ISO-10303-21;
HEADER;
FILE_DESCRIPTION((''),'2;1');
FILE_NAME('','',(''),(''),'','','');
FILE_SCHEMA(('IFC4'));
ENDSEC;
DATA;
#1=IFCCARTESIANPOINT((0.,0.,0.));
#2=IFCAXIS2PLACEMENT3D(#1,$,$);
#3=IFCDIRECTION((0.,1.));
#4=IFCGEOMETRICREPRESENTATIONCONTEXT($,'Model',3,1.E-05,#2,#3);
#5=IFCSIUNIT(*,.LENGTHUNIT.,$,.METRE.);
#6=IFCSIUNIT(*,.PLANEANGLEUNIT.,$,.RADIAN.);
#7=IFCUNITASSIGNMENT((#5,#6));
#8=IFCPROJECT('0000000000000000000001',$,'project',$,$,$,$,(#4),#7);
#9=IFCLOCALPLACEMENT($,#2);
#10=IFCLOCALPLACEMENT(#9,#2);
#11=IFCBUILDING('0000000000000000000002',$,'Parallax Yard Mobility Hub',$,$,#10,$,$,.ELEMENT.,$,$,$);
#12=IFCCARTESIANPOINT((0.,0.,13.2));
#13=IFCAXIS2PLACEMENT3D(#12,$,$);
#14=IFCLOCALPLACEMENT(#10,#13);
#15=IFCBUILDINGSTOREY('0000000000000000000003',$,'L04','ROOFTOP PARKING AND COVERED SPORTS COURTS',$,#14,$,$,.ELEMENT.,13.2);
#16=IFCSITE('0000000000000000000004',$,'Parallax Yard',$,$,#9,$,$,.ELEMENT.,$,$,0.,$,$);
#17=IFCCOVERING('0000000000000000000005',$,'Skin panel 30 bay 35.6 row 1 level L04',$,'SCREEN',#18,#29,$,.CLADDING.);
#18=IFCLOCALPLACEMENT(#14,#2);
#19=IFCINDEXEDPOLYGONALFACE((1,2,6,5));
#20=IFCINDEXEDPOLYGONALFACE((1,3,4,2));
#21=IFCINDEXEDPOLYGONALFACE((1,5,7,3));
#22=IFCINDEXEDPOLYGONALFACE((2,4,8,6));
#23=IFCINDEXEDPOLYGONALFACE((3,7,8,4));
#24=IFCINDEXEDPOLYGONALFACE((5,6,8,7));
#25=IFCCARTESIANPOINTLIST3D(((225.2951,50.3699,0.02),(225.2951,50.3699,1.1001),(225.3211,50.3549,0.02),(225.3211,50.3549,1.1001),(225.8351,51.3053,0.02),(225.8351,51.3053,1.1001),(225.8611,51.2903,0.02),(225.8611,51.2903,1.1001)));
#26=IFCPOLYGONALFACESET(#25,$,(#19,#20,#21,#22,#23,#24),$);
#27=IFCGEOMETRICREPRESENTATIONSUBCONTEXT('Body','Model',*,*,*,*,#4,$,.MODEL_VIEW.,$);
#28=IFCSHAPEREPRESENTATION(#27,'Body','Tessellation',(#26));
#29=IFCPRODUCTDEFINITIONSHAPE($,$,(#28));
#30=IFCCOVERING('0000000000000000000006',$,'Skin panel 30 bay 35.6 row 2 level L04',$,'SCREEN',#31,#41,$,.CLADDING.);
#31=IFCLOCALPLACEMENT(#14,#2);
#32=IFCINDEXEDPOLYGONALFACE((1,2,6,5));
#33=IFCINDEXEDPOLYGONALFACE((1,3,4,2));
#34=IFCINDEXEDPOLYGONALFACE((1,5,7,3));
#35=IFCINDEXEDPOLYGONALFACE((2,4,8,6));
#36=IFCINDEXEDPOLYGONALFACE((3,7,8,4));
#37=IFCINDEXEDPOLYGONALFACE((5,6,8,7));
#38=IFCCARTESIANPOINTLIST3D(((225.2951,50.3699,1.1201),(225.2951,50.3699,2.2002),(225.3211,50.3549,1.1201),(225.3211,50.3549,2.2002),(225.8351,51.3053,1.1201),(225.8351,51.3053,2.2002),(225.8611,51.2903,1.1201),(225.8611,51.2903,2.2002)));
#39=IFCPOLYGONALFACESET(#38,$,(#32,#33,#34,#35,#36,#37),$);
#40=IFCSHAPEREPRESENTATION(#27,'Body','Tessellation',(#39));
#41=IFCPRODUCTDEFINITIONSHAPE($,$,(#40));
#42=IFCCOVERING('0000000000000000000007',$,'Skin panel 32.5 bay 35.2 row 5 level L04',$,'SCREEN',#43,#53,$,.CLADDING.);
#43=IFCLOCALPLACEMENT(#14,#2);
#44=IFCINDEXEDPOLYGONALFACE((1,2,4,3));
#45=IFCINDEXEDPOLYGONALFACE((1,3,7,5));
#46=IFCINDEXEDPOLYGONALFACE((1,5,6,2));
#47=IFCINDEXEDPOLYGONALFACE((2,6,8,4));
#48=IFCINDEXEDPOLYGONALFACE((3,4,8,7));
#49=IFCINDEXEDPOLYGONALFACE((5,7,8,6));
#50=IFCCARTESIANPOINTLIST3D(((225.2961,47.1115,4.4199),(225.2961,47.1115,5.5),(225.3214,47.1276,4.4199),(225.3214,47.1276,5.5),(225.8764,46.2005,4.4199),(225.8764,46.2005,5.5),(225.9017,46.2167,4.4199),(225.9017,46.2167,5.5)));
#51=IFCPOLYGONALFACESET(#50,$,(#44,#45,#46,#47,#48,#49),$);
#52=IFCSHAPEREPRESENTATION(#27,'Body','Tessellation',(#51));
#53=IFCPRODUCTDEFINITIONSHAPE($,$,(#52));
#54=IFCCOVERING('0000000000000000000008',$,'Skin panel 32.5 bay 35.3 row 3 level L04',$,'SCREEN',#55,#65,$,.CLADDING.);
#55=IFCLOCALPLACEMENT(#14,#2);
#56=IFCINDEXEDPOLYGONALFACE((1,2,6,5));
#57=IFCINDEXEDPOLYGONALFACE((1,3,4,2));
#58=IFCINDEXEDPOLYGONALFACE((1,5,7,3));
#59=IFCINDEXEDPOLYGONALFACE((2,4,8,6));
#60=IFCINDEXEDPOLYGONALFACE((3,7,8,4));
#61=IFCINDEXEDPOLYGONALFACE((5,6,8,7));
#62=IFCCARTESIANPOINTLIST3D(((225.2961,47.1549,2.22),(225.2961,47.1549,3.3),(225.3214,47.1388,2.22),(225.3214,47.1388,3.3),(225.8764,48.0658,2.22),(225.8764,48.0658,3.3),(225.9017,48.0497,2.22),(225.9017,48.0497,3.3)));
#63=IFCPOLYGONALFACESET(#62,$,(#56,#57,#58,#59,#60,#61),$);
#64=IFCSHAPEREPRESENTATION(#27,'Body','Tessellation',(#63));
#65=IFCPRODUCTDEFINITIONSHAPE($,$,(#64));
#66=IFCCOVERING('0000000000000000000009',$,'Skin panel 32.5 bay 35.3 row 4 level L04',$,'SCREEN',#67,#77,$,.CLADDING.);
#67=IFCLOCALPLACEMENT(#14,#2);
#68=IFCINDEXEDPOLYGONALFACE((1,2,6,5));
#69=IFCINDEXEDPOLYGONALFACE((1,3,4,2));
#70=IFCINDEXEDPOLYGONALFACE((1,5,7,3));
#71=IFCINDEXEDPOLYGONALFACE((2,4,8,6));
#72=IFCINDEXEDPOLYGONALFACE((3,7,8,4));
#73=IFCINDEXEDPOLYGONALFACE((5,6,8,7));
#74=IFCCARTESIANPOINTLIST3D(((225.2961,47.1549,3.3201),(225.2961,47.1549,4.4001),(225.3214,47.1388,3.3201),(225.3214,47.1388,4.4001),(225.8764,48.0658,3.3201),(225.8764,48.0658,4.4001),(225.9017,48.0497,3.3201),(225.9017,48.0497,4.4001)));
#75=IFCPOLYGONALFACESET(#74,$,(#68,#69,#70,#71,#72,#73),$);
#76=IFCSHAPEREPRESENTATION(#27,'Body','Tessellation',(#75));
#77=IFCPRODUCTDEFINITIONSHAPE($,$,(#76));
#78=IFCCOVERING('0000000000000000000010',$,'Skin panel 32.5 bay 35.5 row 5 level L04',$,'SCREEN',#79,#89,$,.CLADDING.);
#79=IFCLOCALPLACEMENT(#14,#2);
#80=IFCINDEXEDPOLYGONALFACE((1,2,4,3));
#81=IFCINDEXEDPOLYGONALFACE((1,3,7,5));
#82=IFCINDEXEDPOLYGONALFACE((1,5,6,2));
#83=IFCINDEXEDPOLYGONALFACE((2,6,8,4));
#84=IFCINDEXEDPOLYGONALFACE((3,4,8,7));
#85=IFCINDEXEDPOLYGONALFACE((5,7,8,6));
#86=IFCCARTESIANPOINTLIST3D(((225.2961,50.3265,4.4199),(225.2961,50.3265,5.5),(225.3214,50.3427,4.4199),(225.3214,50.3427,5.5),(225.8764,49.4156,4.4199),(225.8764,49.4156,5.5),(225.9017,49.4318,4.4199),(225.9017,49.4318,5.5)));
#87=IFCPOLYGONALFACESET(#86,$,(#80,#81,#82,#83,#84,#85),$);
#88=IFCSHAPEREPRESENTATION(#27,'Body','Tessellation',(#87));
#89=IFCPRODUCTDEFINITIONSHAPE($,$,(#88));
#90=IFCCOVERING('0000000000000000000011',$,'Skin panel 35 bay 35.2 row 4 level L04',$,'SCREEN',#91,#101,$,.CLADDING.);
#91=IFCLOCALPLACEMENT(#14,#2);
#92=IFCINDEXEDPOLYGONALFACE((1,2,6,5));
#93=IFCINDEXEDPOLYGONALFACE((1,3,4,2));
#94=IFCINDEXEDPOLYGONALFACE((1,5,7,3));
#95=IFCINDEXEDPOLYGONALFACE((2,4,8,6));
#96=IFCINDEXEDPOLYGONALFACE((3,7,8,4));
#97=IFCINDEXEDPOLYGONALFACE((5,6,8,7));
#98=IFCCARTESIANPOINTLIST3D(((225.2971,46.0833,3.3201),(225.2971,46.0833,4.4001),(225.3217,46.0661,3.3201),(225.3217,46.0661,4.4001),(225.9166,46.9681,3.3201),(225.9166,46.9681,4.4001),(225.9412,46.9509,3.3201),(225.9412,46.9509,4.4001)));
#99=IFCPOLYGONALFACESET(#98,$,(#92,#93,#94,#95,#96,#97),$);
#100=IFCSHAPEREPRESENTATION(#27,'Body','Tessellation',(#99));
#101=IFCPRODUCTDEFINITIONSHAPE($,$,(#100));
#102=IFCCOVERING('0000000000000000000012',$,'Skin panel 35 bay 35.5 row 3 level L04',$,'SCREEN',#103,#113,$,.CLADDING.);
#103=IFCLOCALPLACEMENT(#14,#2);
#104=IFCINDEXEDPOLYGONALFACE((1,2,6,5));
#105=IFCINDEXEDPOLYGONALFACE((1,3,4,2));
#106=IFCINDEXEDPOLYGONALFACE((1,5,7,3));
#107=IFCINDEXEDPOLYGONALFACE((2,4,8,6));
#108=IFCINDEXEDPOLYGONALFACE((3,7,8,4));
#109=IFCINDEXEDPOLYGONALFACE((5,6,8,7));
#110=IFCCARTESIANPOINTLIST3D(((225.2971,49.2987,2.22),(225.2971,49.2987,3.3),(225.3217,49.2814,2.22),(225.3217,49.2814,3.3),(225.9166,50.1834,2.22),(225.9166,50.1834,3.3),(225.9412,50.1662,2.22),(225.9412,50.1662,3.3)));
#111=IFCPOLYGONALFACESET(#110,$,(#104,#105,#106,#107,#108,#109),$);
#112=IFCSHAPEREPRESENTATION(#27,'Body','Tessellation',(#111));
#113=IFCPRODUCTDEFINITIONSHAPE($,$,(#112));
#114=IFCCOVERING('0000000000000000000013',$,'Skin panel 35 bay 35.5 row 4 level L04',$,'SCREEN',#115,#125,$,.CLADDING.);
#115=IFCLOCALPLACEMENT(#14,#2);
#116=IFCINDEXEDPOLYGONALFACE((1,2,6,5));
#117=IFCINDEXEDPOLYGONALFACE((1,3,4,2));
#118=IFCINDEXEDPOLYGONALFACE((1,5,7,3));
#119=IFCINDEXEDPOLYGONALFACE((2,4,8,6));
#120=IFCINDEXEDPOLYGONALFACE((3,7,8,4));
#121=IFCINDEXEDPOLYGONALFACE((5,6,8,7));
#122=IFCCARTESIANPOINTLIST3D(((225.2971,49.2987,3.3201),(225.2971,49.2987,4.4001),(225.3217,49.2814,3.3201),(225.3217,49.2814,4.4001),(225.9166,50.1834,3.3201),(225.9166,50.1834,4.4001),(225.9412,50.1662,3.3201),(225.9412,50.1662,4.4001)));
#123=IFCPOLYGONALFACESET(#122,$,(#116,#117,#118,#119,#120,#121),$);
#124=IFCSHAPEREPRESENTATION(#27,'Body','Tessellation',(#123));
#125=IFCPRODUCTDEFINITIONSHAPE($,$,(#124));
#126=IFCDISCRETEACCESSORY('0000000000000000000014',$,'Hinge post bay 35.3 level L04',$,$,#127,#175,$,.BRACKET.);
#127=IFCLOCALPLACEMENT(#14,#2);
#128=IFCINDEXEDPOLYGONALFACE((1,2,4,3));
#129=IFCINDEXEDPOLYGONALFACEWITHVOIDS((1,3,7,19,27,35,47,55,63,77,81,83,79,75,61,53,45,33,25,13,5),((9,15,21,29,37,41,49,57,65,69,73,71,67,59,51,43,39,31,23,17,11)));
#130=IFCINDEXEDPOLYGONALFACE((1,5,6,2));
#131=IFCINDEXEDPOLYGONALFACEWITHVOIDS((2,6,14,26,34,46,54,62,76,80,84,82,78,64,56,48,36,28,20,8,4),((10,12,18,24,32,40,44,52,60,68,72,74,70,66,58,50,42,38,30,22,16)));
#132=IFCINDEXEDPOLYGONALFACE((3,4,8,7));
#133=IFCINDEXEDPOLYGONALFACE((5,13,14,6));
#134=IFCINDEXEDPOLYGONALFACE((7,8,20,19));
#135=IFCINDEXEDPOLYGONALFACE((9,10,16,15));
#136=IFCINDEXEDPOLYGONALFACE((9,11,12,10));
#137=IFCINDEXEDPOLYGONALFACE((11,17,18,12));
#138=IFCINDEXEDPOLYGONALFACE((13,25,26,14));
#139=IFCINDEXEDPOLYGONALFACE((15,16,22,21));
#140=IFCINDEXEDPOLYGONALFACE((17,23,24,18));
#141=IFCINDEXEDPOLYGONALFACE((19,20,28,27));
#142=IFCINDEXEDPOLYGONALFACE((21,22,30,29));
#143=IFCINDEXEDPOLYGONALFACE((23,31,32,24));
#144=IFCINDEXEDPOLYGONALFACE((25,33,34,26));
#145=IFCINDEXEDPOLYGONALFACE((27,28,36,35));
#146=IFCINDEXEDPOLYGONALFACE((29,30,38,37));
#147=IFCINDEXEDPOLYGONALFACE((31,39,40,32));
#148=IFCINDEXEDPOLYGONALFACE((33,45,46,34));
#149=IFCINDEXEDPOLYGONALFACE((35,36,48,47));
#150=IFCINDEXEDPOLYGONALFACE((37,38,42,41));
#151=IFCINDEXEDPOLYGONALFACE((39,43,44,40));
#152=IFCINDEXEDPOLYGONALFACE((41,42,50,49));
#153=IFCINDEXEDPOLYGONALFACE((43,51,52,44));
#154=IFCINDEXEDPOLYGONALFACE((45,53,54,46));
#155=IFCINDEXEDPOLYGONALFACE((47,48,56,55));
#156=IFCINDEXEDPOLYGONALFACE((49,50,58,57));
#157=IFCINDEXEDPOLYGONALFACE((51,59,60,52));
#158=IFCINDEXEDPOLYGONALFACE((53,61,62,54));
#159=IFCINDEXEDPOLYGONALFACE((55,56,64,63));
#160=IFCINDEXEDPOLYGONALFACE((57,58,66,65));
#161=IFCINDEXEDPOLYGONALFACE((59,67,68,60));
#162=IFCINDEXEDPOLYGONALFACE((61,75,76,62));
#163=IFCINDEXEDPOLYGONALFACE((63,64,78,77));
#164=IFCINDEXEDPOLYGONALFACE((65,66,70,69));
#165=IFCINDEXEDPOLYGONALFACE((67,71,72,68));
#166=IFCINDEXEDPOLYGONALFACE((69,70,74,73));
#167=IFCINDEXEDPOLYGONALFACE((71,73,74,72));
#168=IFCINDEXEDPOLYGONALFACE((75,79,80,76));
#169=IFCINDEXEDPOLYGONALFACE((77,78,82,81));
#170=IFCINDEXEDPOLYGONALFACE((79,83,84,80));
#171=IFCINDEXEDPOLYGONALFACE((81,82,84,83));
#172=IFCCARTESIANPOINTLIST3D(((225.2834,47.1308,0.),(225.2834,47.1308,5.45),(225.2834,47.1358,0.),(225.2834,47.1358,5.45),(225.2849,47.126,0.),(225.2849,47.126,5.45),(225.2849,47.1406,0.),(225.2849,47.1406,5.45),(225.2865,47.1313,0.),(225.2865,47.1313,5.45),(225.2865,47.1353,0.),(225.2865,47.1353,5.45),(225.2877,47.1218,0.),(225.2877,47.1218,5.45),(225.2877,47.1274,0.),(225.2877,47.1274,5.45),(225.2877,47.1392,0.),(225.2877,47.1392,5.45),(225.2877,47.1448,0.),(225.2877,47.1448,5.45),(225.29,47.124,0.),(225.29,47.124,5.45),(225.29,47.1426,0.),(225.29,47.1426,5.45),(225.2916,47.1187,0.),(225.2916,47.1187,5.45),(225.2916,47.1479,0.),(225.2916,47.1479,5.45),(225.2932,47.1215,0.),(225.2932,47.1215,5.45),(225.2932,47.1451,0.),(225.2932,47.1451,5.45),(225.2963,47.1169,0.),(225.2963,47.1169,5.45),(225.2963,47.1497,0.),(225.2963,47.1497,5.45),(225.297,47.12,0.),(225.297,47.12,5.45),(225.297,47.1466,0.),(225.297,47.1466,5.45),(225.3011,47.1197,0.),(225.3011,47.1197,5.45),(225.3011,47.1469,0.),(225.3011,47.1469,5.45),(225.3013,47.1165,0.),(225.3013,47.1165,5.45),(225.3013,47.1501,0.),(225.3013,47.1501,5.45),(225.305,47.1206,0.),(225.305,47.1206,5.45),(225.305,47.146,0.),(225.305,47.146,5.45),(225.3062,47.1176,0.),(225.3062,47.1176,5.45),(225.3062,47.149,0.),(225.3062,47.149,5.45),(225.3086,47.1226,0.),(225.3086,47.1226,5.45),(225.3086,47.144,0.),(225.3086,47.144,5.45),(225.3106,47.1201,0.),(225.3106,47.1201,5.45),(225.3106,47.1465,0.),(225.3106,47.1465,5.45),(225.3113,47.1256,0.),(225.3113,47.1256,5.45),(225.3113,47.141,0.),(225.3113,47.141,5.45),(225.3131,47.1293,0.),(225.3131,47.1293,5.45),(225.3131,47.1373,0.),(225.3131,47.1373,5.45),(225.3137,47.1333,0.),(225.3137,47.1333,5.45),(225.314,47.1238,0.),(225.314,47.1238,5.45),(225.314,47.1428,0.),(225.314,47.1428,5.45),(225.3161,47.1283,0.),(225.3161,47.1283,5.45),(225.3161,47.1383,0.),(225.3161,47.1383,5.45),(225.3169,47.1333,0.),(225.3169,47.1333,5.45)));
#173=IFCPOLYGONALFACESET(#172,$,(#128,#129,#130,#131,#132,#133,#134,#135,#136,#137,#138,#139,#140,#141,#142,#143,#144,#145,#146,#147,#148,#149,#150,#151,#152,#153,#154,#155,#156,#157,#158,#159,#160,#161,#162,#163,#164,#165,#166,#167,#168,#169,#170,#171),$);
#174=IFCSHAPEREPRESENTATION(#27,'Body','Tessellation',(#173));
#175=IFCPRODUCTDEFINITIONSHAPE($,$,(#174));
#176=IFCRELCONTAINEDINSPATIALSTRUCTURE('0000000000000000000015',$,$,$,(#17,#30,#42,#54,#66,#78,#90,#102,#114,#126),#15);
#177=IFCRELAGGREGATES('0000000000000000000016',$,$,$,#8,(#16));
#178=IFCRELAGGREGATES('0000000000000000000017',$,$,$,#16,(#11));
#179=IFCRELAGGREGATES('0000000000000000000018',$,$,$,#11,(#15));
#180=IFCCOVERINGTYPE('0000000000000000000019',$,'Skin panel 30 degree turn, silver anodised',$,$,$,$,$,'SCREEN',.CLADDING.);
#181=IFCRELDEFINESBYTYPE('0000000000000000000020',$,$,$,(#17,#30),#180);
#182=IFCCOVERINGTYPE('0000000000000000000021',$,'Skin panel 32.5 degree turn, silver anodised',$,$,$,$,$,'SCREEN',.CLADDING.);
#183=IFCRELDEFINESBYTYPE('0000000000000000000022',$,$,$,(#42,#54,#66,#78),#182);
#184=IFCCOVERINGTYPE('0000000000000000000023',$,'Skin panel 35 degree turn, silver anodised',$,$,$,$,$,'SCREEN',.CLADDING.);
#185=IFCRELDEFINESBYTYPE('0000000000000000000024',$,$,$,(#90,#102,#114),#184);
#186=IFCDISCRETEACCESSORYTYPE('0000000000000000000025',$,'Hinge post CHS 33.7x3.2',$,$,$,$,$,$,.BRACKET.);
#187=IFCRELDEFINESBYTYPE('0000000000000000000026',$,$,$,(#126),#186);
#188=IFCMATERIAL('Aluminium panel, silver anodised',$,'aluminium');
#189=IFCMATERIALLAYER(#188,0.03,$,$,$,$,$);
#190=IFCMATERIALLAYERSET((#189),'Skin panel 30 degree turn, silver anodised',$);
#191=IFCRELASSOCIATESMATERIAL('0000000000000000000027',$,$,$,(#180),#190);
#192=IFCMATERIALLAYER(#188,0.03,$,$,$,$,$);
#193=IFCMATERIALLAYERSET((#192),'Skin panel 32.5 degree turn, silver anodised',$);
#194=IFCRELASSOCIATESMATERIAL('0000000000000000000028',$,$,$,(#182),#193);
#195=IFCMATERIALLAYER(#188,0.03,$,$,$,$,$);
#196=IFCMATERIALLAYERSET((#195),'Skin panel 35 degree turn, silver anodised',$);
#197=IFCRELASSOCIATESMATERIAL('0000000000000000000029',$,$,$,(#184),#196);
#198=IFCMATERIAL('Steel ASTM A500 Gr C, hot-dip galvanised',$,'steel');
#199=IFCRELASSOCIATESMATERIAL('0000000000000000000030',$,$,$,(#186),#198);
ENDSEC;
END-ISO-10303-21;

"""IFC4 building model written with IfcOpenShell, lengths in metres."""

from ifc_helpers import new_model, si_unit, direction, frame, origin, origin_2d, place, context, subcontext, project, spatial, rectangle, hollow_circle, extrude, material, layer, layer_set, material_profile, profile_set, type_object, element, save


model = new_model("IFC4")

# Units and contexts
model_context = context("Model", 3, precision=1e-05, world=origin(), true_north=direction((0.0, 1.0)))
body_context = subcontext(model_context, "Body", "Model", "MODEL_VIEW")
ifc_project = project(units=[si_unit("LENGTHUNIT", "METRE"), si_unit("PLANEANGLEUNIT", "RADIAN")], contexts=[model_context])

# Site, building, storey
site_placement = place(None, origin())
site = spatial("IfcSite", under=ifc_project, at=site_placement, Name="Parallax Yard", CompositionType="ELEMENT", RefElevation=0.0)
building_placement = place(site_placement, origin())
building = spatial("IfcBuilding", under=site, at=building_placement, Name="Parallax Yard Mobility Hub", CompositionType="ELEMENT")
storey_placement = place(building_placement, frame((0.0, 0.0, 13.2)))
storey = spatial("IfcBuildingStorey", under=building, at=storey_placement, Name="L04", Description="ROOFTOP PARKING AND COVERED SPORTS COURTS", CompositionType="ELEMENT", Elevation=13.2)

# Coverings
ifc_material_1 = material(Name="Aluminium panel, silver anodised", Category="aluminium")
ifc_layer_1 = layer(ifc_material_1, 0.03)
ifc_layer_set_1 = layer_set([ifc_layer_1], Name="Skin panel 30 degree turn, silver anodised")
covering_type_1 = type_object("IfcCoveringType", Name="Skin panel 30 degree turn, silver anodised", ElementType="SCREEN", PredefinedType="CLADDING", material=ifc_layer_set_1)
for number, where, z_axis, x_axis, name in (
    (1, (225.5781, 50.8301, 0.02), (0.0, 0.0, 1.0), (0.5, 0.866025, 0.0), "Skin panel 30 bay 35.6 row 1 level L04"),
    (2, (225.5781, 50.8301, 1.1201), (0.0, 0.0, 1.0), (0.5, 0.866025, 0.0), "Skin panel 30 bay 35.6 row 2 level L04"),
):
    element("IfcCovering", number, at=place(storey_placement, frame(where, z_axis=z_axis, x_axis=x_axis)), inside=storey, type_object=covering_type_1, Name=name, ObjectType="SCREEN", PredefinedType="CLADDING", context=body_context, shape_type="SweptSolid", body=[
        extrude(rectangle(XDim=1.0801, YDim=0.03, at=origin_2d()), origin(), (0.0, 0.0, 1.0), 1.0801),
    ])
ifc_layer_2 = layer(ifc_material_1, 0.03)
ifc_layer_set_2 = layer_set([ifc_layer_2], Name="Skin panel 32.5 degree turn, silver anodised")
covering_type_2 = type_object("IfcCoveringType", Name="Skin panel 32.5 degree turn, silver anodised", ElementType="SCREEN", PredefinedType="CLADDING", material=ifc_layer_set_2)
for number, where, z_axis, x_axis, name in (
    (3, (225.5989, 46.6641, 4.4199), (0.0, 0.0, 1.0), (0.5373, -0.843391, 0.0), "Skin panel 32.5 bay 35.2 row 5 level L04"),
    (4, (225.5989, 47.6023, 2.22), (0.0, 0.0, 1.0), (0.5373, 0.843391, 0.0), "Skin panel 32.5 bay 35.3 row 3 level L04"),
    (5, (225.5989, 47.6023, 3.3201), (0.0, 0.0, 1.0), (0.5373, 0.843391, 0.0), "Skin panel 32.5 bay 35.3 row 4 level L04"),
    (6, (225.5989, 49.8792, 4.4199), (0.0, 0.0, 1.0), (0.5373, -0.843391, 0.0), "Skin panel 32.5 bay 35.5 row 5 level L04"),
):
    element("IfcCovering", number, at=place(storey_placement, frame(where, z_axis=z_axis, x_axis=x_axis)), inside=storey, type_object=covering_type_2, Name=name, ObjectType="SCREEN", PredefinedType="CLADDING", context=body_context, shape_type="SweptSolid", body=[
        extrude(rectangle(XDim=1.0801, YDim=0.03, at=origin_2d()), origin(), (0.0, 0.0, 1.0), 1.0801),
    ])
ifc_layer_3 = layer(ifc_material_1, 0.03)
ifc_layer_set_3 = layer_set([ifc_layer_3], Name="Skin panel 35 degree turn, silver anodised")
covering_type_3 = type_object("IfcCoveringType", Name="Skin panel 35 degree turn, silver anodised", ElementType="SCREEN", PredefinedType="CLADDING", material=ifc_layer_set_3)
for number, where, z_axis, x_axis, name in (
    (7, (225.6191, 46.5171, 3.3201), (0.0, 0.0, 1.0), (0.573576, 0.819152, 0.0), "Skin panel 35 bay 35.2 row 4 level L04"),
    (8, (225.6191, 49.7324, 2.22), (0.0, 0.0, 1.0), (0.573576, 0.819152, 0.0), "Skin panel 35 bay 35.5 row 3 level L04"),
    (9, (225.6191, 49.7324, 3.3201), (0.0, 0.0, 1.0), (0.573576, 0.819152, 0.0), "Skin panel 35 bay 35.5 row 4 level L04"),
):
    element("IfcCovering", number, at=place(storey_placement, frame(where, z_axis=z_axis, x_axis=x_axis)), inside=storey, type_object=covering_type_3, Name=name, ObjectType="SCREEN", PredefinedType="CLADDING", context=body_context, shape_type="SweptSolid", body=[
        extrude(rectangle(XDim=1.0801, YDim=0.03, at=origin_2d()), origin(), (0.0, 0.0, 1.0), 1.0801),
    ])

# Discrete accessory
ifc_material_2 = material(Name="Steel ASTM A500 Gr C, hot-dip galvanised", Category="steel")
ifc_material_profile = material_profile(ifc_material_2, hollow_circle(Radius=0.0168, WallThickness=0.0032, at=origin_2d()), Name="CHS 33.7x3.2")
ifc_profile_set = profile_set([ifc_material_profile], Name="Steel ASTM A500 Gr C, hot-dip galvanised")
discrete_accessory_type = type_object("IfcDiscreteAccessoryType", Name="Hinge post CHS 33.7x3.2", PredefinedType="BRACKET", material=ifc_profile_set)
for number, where, z_axis, x_axis, name in (
    (10, (225.3, 47.1333, 0.0), (0.0, 0.0, 1.0), (1.0, 0.0, 0.0), "Hinge post bay 35.3 level L04"),
):
    element("IfcDiscreteAccessory", number, at=place(storey_placement, frame(where, z_axis=z_axis, x_axis=x_axis)), inside=storey, type_object=discrete_accessory_type, Name=name, PredefinedType="BRACKET", context=body_context, shape_type="SweptSolid", body=[
        extrude(hollow_circle(Radius=0.0168, WallThickness=0.0032, at=origin_2d()), origin(), (0.0, 0.0, 1.0), 5.45),
    ])

save(model, "model.ifc")
